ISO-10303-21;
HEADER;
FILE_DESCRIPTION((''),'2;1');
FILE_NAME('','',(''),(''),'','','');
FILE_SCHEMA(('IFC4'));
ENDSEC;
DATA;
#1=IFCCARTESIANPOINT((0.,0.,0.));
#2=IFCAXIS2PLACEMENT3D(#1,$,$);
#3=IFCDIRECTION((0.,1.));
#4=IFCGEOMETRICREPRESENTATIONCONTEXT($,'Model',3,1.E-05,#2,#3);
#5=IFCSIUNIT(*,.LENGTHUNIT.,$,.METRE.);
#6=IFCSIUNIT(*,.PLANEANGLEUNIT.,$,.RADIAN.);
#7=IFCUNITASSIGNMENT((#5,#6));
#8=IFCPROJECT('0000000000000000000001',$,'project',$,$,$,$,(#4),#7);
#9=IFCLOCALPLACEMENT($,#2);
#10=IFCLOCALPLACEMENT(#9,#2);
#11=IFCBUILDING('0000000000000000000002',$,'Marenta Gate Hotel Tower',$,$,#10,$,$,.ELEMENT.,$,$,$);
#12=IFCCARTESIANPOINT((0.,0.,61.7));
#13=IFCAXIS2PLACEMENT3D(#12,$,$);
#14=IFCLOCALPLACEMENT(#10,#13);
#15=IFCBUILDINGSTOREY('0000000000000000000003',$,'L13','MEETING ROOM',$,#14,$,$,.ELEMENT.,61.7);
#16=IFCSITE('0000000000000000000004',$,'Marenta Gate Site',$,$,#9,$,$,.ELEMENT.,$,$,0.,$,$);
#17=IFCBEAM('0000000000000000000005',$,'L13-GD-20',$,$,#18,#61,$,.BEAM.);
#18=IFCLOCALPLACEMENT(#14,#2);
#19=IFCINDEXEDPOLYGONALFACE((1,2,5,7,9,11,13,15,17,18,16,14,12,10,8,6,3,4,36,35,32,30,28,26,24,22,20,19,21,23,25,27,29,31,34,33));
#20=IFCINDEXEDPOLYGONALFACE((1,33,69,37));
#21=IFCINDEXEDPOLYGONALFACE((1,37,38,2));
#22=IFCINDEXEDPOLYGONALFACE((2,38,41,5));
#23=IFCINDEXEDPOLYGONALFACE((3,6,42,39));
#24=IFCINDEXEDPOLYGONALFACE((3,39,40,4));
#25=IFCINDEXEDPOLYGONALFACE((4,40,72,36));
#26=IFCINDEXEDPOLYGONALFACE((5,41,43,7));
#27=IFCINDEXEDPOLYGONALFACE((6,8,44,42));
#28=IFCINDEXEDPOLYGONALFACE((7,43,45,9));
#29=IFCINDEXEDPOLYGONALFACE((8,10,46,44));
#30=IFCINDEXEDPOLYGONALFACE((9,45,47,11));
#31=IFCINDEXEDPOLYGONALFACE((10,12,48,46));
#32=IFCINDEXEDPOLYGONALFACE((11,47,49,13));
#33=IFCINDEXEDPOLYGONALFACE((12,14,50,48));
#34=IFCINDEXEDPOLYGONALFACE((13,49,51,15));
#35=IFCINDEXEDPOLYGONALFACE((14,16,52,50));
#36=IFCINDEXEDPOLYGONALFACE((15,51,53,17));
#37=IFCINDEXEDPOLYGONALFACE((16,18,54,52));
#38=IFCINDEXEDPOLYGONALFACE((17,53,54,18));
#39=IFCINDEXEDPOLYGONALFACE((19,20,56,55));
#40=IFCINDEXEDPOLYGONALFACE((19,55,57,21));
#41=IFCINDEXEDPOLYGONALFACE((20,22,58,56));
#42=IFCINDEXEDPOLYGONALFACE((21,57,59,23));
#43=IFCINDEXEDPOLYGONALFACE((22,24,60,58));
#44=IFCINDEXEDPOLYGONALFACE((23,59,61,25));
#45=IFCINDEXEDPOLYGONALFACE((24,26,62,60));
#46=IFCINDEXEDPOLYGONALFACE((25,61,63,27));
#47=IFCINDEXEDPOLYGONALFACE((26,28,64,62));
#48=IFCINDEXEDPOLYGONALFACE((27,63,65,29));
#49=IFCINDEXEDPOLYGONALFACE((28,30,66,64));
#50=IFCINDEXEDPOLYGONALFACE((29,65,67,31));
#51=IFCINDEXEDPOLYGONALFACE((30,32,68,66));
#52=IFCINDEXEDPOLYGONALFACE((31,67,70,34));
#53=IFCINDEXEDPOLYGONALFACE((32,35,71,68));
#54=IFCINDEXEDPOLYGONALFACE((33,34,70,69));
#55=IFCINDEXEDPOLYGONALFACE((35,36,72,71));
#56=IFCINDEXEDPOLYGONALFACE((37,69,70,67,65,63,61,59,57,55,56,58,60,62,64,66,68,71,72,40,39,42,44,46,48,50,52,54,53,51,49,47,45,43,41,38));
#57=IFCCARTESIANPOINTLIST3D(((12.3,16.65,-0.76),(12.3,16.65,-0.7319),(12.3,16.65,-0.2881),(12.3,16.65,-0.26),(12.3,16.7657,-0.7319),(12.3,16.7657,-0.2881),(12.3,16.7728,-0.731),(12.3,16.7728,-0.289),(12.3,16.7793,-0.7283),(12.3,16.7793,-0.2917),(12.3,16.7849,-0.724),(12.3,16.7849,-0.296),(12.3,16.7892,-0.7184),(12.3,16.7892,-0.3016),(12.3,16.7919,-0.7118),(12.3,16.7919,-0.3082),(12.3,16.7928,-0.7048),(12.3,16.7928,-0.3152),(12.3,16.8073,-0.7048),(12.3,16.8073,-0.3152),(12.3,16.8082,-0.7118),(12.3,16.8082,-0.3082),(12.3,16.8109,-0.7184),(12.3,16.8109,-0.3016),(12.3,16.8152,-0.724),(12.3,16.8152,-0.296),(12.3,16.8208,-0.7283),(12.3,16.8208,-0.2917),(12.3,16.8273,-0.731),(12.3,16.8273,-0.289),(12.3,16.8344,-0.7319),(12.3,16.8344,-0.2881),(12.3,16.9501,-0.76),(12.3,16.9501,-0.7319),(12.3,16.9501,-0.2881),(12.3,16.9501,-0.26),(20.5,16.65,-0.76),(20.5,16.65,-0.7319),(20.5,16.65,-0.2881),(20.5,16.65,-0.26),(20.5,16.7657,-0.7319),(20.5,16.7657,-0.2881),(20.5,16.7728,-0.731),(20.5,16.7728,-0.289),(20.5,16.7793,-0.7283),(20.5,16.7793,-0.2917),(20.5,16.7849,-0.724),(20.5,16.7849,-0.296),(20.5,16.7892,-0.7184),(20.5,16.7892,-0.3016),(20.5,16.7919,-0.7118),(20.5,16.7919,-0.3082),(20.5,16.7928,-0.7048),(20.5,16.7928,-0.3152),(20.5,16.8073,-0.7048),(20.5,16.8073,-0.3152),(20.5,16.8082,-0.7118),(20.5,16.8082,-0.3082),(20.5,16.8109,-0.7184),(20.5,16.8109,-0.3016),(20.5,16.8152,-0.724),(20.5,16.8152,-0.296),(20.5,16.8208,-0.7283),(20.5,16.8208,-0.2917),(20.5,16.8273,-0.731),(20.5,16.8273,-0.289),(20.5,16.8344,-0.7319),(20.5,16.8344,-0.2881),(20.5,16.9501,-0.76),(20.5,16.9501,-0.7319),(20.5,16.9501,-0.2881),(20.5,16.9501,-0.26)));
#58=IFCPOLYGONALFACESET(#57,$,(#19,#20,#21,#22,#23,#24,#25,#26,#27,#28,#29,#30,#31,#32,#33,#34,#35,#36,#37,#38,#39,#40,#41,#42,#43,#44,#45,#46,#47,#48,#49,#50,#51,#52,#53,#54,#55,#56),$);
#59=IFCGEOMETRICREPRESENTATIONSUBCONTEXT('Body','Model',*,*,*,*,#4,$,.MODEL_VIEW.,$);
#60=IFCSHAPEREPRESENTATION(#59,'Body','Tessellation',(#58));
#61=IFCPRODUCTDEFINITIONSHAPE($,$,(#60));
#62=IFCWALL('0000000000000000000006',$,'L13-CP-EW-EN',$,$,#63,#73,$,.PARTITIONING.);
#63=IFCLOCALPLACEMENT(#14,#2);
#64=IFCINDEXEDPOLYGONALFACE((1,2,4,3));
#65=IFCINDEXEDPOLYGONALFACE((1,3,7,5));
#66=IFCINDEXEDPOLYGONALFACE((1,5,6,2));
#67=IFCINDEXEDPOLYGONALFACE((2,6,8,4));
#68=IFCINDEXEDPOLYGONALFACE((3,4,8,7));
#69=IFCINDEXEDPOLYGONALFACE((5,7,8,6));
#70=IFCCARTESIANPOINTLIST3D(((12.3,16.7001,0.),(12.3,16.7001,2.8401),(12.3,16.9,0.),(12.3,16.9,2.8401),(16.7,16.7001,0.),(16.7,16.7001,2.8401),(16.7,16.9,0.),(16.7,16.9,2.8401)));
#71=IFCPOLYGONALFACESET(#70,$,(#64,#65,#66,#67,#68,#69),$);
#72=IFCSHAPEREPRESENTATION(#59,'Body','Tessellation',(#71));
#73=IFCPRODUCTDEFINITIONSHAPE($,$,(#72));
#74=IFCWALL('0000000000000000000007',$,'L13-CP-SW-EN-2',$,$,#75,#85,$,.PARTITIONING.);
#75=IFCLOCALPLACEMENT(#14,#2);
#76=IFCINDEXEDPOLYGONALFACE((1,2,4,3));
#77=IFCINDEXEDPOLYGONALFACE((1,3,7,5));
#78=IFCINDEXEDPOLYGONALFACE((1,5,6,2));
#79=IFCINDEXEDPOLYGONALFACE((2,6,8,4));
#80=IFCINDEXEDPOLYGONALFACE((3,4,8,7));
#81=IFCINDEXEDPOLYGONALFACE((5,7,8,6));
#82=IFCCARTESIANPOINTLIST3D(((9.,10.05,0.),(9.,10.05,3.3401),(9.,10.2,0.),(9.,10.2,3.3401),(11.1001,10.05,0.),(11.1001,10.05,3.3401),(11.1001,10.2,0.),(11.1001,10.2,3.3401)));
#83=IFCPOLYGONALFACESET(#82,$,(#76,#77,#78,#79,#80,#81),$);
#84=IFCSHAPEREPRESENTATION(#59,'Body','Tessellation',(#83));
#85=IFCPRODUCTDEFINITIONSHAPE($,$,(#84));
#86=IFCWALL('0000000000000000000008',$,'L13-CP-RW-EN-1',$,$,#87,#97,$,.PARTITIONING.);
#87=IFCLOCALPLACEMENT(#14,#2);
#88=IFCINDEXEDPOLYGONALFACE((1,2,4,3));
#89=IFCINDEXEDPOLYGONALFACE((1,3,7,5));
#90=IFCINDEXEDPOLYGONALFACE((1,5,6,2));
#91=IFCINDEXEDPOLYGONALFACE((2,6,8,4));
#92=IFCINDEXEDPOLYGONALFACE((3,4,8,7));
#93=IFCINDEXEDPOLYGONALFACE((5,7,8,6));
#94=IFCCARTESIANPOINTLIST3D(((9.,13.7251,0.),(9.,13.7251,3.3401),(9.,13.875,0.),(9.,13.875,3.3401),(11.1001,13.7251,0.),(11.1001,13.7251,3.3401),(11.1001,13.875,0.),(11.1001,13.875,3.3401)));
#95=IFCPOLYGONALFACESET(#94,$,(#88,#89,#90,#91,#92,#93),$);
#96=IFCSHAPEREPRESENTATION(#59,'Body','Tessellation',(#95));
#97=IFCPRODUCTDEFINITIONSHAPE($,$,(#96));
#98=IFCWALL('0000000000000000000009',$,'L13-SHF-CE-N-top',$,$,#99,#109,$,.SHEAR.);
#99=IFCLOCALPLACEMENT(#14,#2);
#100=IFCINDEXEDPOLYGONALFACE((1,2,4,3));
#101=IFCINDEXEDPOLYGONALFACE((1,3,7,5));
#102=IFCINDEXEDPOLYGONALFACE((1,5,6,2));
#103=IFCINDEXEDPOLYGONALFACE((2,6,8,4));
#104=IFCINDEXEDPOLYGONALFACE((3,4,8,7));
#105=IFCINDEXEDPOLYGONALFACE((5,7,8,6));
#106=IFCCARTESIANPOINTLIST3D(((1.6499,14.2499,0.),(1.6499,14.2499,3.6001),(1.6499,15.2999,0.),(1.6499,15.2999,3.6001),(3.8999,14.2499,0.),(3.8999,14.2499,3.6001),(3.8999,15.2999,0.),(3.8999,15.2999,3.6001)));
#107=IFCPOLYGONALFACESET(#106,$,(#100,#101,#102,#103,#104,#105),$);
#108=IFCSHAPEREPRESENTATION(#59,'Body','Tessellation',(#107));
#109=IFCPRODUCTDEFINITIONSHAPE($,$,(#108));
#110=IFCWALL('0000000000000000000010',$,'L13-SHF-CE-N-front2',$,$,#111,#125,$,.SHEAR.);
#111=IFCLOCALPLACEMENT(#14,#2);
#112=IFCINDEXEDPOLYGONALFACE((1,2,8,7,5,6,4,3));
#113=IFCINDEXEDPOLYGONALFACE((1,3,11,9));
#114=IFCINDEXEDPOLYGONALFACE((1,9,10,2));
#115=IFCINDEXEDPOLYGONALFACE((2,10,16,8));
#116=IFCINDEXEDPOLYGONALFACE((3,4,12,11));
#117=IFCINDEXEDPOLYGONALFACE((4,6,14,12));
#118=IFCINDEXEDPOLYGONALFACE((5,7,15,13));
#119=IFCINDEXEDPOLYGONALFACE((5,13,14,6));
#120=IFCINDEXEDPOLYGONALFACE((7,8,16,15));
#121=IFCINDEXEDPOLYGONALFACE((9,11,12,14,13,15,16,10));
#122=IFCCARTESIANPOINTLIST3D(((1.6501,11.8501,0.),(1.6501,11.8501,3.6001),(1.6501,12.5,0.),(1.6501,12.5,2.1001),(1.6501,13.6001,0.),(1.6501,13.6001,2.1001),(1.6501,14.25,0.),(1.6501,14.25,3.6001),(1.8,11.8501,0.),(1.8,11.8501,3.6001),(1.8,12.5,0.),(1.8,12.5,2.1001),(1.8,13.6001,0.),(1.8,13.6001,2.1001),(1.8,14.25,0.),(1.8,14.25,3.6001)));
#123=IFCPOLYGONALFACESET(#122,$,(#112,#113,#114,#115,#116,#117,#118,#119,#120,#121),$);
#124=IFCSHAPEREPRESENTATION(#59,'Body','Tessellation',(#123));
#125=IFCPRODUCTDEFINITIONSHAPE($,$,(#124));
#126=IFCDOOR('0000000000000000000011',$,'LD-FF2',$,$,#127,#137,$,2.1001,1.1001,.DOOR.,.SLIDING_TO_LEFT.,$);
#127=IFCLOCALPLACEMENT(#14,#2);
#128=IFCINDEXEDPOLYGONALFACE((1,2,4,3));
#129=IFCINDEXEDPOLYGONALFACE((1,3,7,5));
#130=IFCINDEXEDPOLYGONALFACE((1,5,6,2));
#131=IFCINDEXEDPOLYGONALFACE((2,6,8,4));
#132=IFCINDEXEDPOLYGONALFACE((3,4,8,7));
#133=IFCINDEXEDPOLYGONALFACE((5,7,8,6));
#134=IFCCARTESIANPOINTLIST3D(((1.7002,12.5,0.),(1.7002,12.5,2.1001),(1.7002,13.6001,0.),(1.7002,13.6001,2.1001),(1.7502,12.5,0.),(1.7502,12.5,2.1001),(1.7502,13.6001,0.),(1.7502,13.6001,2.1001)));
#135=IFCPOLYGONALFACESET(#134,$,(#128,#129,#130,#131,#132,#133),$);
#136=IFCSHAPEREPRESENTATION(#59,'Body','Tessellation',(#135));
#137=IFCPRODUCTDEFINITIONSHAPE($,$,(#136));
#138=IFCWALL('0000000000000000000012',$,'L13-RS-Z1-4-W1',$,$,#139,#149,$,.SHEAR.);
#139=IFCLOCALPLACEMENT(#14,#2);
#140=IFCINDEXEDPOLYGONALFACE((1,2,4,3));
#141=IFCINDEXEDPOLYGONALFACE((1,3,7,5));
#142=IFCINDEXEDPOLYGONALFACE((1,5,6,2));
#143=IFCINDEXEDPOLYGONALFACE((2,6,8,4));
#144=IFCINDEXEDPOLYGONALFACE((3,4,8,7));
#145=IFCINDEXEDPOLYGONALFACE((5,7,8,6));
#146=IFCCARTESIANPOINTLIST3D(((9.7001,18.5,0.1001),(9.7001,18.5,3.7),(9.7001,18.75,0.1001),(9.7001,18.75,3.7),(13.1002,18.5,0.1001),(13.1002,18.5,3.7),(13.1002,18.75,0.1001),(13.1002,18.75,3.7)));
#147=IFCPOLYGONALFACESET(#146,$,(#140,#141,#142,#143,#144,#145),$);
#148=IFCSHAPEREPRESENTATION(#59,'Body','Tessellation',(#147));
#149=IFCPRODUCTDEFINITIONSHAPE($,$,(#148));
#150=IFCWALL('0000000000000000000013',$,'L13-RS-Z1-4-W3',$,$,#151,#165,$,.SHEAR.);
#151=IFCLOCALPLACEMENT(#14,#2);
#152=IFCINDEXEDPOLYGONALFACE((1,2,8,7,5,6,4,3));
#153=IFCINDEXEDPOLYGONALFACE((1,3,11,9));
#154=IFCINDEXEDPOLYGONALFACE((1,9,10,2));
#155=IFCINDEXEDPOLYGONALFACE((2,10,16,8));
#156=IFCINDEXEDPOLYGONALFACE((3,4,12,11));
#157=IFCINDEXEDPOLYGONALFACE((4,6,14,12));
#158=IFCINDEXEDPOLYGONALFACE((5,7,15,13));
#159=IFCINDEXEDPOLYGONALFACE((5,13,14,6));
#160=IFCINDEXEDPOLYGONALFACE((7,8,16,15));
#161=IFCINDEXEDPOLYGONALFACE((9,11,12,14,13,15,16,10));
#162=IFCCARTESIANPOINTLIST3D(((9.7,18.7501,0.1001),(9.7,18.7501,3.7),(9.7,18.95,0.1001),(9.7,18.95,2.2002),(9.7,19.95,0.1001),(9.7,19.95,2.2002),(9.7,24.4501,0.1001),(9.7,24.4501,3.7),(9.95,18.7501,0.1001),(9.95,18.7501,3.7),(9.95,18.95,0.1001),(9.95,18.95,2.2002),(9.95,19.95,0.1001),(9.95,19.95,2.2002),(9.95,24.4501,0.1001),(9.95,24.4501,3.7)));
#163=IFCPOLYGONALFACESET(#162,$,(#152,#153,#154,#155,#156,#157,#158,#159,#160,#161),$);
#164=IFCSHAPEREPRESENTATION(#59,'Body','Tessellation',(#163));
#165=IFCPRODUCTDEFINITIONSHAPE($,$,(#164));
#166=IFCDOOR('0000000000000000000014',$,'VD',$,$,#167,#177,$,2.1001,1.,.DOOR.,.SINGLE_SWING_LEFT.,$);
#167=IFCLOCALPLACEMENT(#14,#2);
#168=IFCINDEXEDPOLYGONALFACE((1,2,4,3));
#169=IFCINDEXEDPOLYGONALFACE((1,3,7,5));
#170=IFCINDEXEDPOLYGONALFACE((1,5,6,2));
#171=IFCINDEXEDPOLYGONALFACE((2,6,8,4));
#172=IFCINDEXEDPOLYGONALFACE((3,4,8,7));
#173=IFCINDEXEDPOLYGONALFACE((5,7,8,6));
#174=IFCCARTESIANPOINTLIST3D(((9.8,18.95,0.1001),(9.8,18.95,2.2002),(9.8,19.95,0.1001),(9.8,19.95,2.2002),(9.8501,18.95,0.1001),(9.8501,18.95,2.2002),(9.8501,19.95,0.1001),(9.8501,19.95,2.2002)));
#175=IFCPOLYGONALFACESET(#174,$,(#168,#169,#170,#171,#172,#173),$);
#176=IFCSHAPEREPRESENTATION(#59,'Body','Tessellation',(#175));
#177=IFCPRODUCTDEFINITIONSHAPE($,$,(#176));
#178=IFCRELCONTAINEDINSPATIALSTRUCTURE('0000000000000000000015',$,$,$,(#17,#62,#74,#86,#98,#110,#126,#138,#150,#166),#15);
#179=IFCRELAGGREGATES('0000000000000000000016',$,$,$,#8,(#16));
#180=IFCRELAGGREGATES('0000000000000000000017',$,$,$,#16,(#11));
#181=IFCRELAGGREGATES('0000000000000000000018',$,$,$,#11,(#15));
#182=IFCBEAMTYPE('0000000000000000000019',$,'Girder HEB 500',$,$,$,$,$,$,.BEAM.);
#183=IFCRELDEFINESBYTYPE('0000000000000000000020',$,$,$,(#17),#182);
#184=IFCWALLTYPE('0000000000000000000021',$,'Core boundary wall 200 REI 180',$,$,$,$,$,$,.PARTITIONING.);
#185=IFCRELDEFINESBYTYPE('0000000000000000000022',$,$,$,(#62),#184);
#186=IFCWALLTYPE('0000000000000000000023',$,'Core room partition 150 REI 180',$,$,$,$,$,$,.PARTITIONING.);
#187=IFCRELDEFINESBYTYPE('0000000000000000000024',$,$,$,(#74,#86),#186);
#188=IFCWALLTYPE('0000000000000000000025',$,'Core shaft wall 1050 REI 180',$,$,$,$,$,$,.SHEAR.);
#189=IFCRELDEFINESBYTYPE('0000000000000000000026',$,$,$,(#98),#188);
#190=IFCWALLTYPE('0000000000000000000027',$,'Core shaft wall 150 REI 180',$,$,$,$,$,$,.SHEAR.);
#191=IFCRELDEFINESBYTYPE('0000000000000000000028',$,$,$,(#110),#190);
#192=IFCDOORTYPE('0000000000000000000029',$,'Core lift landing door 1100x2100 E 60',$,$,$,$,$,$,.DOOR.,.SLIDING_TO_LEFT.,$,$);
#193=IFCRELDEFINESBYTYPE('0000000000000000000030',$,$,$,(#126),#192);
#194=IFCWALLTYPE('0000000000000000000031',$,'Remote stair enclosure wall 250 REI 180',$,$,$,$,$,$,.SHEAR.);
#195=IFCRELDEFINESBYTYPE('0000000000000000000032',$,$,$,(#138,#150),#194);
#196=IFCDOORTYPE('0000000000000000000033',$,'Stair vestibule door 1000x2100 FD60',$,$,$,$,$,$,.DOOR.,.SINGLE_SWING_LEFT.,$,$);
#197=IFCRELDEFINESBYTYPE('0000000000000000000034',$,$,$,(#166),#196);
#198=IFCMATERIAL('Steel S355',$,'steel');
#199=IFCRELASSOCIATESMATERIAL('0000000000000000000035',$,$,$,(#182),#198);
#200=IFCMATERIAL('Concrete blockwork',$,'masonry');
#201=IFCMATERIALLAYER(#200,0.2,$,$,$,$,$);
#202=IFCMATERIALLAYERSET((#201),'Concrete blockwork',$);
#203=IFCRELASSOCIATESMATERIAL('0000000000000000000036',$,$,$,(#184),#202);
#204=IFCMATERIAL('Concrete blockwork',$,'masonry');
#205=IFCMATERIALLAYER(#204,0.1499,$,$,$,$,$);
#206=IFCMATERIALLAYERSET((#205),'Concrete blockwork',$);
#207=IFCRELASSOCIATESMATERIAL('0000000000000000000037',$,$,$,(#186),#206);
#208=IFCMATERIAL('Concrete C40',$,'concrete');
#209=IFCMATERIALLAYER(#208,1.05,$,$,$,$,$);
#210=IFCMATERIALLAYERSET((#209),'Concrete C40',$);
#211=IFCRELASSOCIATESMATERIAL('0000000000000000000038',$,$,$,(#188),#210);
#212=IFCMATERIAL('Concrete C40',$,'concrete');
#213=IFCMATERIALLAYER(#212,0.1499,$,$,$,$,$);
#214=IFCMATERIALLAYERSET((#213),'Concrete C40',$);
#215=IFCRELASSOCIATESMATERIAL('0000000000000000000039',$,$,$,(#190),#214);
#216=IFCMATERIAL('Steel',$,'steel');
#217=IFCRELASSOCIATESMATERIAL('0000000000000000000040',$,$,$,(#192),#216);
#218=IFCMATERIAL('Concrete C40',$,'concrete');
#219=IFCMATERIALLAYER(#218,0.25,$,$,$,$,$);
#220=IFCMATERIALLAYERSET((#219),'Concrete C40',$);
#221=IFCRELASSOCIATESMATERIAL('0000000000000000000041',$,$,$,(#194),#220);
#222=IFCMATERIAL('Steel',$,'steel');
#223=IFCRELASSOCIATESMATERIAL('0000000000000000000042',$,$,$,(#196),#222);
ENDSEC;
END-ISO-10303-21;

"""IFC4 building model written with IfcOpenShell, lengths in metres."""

from ifc_helpers import new_model, si_unit, direction, frame, frame_2d, origin, origin_2d, place, context, subcontext, project, spatial, rectangle, i_section, extrude, material, layer, layer_set, material_profile, profile_set, type_object, element, fill, save


model = new_model("IFC4")

# Units and contexts
model_context = context("Model", 3, precision=1e-05, world=origin(), true_north=direction((0.0, 1.0)))
body_context = subcontext(model_context, "Body", "Model", "MODEL_VIEW")
ifc_project = project(units=[si_unit("LENGTHUNIT", "METRE"), si_unit("PLANEANGLEUNIT", "RADIAN")], contexts=[model_context])

# Site, building, storey
site_placement = place(None, origin())
site = spatial("IfcSite", under=ifc_project, at=site_placement, Name="Marenta Gate Site", CompositionType="ELEMENT", RefElevation=0.0)
building_placement = place(site_placement, origin())
building = spatial("IfcBuilding", under=site, at=building_placement, Name="Marenta Gate Hotel Tower", CompositionType="ELEMENT")
storey_placement = place(building_placement, frame((0.0, 0.0, 61.7)))
storey = spatial("IfcBuildingStorey", under=building, at=storey_placement, Name="L13", Description="MEETING ROOM", CompositionType="ELEMENT", Elevation=61.7)

# Beam
ifc_material_1 = material(Name="Steel S355", Category="steel")
ifc_material_profile = material_profile(ifc_material_1, i_section(OverallWidth=0.3, OverallDepth=0.5, WebThickness=0.0144, FlangeThickness=0.0281, FilletRadius=0.0271, at=origin_2d()), Name="HEB 500")
ifc_profile_set = profile_set([ifc_material_profile], Name="Steel S355")
beam_type = type_object("IfcBeamType", Name="Girder HEB 500", PredefinedType="BEAM", material=ifc_profile_set)
beam_placement = place(storey_placement, frame((12.3, 16.8, -0.51), z_axis=(1.0, 0.0, 0.0), x_axis=(0.0, 1.0, 0.0)))
element("IfcBeam", 1, at=beam_placement, inside=storey, type_object=beam_type, Name="L13-GD-20", PredefinedType="BEAM", context=body_context, shape_type="SweptSolid", body=[
    extrude(i_section(OverallWidth=0.3, OverallDepth=0.5, WebThickness=0.0144, FlangeThickness=0.0281, FilletRadius=0.0271, at=origin_2d()), origin(), (0.0, 0.0, 1.0), 8.2),
])

# Walls
ifc_material_2 = material(Name="Concrete blockwork", Category="masonry")
ifc_layer_1 = layer(ifc_material_2, 0.2)
ifc_layer_set_1 = layer_set([ifc_layer_1], Name="Concrete blockwork")
wall_type_1 = type_object("IfcWallType", Name="Core boundary wall 200 REI 180", PredefinedType="PARTITIONING", material=ifc_layer_set_1)
wall_1_placement = place(storey_placement, frame((12.3, 16.8, 0.0), z_axis=(0.0, 0.0, 1.0), x_axis=(1.0, 0.0, 0.0)))
element("IfcWall", 2, at=wall_1_placement, inside=storey, type_object=wall_type_1, Name="L13-CP-EW-EN", PredefinedType="PARTITIONING", context=body_context, shape_type="SweptSolid", body=[
    extrude(rectangle(XDim=4.3999, YDim=0.2, at=frame_2d((2.2, 0.0))), origin(), (0.0, 0.0, 1.0), 2.8401),
])
ifc_material_3 = material(Name="Concrete blockwork", Category="masonry")
ifc_layer_2 = layer(ifc_material_3, 0.1499)
ifc_layer_set_2 = layer_set([ifc_layer_2], Name="Concrete blockwork")
wall_type_2 = type_object("IfcWallType", Name="Core room partition 150 REI 180", PredefinedType="PARTITIONING", material=ifc_layer_set_2)
for number, where, z_axis, x_axis, name in (
    (3, (9.0, 10.125, 0.0), (0.0, 0.0, 1.0), (1.0, 0.0, 0.0), "L13-CP-SW-EN-2"),
    (4, (9.0, 13.8, 0.0), (0.0, 0.0, 1.0), (1.0, 0.0, 0.0), "L13-CP-RW-EN-1"),
):
    element("IfcWall", number, at=place(storey_placement, frame(where, z_axis=z_axis, x_axis=x_axis)), inside=storey, type_object=wall_type_2, Name=name, PredefinedType="PARTITIONING", context=body_context, shape_type="SweptSolid", body=[
        extrude(rectangle(XDim=2.1001, YDim=0.1499, at=frame_2d((1.05, 0.0))), origin(), (0.0, 0.0, 1.0), 3.3401),
    ])
ifc_material_4 = material(Name="Concrete C40", Category="concrete")
ifc_layer_3 = layer(ifc_material_4, 1.05)
ifc_layer_set_3 = layer_set([ifc_layer_3], Name="Concrete C40")
wall_type_3 = type_object("IfcWallType", Name="Core shaft wall 1050 REI 180", PredefinedType="SHEAR", material=ifc_layer_set_3)
wall_2_placement = place(storey_placement, frame((1.6499, 14.7749, 0.0), z_axis=(0.0, 0.0, 1.0), x_axis=(1.0, 0.0, 0.0)))
element("IfcWall", 5, at=wall_2_placement, inside=storey, type_object=wall_type_3, Name="L13-SHF-CE-N-top", PredefinedType="SHEAR", context=body_context, shape_type="SweptSolid", body=[
    extrude(rectangle(XDim=2.25, YDim=1.05, at=frame_2d((1.125, 0.0))), origin(), (0.0, 0.0, 1.0), 3.6001),
])

# Wall, opening, door
ifc_material_5 = material(Name="Concrete C40", Category="concrete")
ifc_layer_4 = layer(ifc_material_5, 0.1499)
ifc_layer_set_4 = layer_set([ifc_layer_4], Name="Concrete C40")
wall_type_4 = type_object("IfcWallType", Name="Core shaft wall 150 REI 180", PredefinedType="SHEAR", material=ifc_layer_set_4)
wall_3_placement = place(storey_placement, frame((1.7251, 11.8501, 0.0), z_axis=(0.0, 0.0, 1.0), x_axis=(0.0, 1.0, 0.0)))
wall_3 = element("IfcWall", 6, at=wall_3_placement, inside=storey, type_object=wall_type_4, Name="L13-SHF-CE-N-front2", PredefinedType="SHEAR", context=body_context, shape_type="SweptSolid", body=[
    extrude(rectangle(XDim=2.3999, YDim=0.1499, at=frame_2d((1.2, 0.0))), origin(), (0.0, 0.0, 1.0), 3.6001),
])
opening_1_placement = place(wall_3_placement, frame((0.6499, 0.0, 0.0)))
opening_1 = element("IfcOpeningElement", 7, at=opening_1_placement, cuts=wall_3, PredefinedType="OPENING", context=body_context, shape_type="SweptSolid", body=[
    extrude(rectangle(XDim=1.1001, YDim=2.1001, at=frame_2d((0.55, 1.05))), frame((0.0, 0.075, 0.0), z_axis=(0.0, -1.0, 0.0), x_axis=(1.0, 0.0, 0.0)), (0.0, 0.0, 1.0), 0.1499),
])
ifc_material_6 = material(Name="Steel", Category="steel")
door_type_1 = type_object("IfcDoorType", Name="Core lift landing door 1100x2100 E 60", OperationType="SLIDING_TO_LEFT", PredefinedType="DOOR", material=ifc_material_6)
door_1_placement = place(opening_1_placement, origin())
door_1 = element("IfcDoor", 8, at=door_1_placement, inside=storey, type_object=door_type_1, Name="LD-FF2", OperationType="SLIDING_TO_LEFT", OverallHeight=2.1001, OverallWidth=1.1001, PredefinedType="DOOR", context=body_context, shape_type="SweptSolid", body=[
    extrude(rectangle(XDim=1.1001, YDim=2.1001, at=frame_2d((0.55, 1.05))), frame((0.0, 0.0249, 0.0), z_axis=(0.0, -1.0, 0.0), x_axis=(1.0, 0.0, 0.0)), (0.0, 0.0, 1.0), 0.05),
])
fill(opening_1, door_1)

# Wall
ifc_material_7 = material(Name="Concrete C40", Category="concrete")
ifc_layer_5 = layer(ifc_material_7, 0.25)
ifc_layer_set_5 = layer_set([ifc_layer_5], Name="Concrete C40")
wall_type_5 = type_object("IfcWallType", Name="Remote stair enclosure wall 250 REI 180", PredefinedType="SHEAR", material=ifc_layer_set_5)
wall_4_placement = place(storey_placement, frame((9.7, 18.625, 0.1001), z_axis=(0.0, 0.0, 1.0), x_axis=(1.0, 0.0, 0.0)))
element("IfcWall", 9, at=wall_4_placement, inside=storey, type_object=wall_type_5, Name="L13-RS-Z1-4-W1", PredefinedType="SHEAR", context=body_context, shape_type="SweptSolid", body=[
    extrude(rectangle(XDim=3.4001, YDim=0.25, at=frame_2d((1.7002, 0.0))), origin(), (0.0, 0.0, 1.0), 3.5999),
])

# Wall, opening, door
wall_5_placement = place(storey_placement, frame((9.825, 18.75, 0.1001), z_axis=(0.0, 0.0, 1.0), x_axis=(0.0, 1.0, 0.0)))
wall_5 = element("IfcWall", 10, at=wall_5_placement, inside=storey, type_object=wall_type_5, Name="L13-RS-Z1-4-W3", PredefinedType="SHEAR", context=body_context, shape_type="SweptSolid", body=[
    extrude(rectangle(XDim=5.7, YDim=0.25, at=frame_2d((2.8501, 0.0))), origin(), (0.0, 0.0, 1.0), 3.5999),
])
opening_2_placement = place(wall_5_placement, frame((0.2, 0.0, 0.0)))
opening_2 = element("IfcOpeningElement", 11, at=opening_2_placement, cuts=wall_5, PredefinedType="OPENING", context=body_context, shape_type="SweptSolid", body=[
    extrude(rectangle(XDim=1.0, YDim=2.1001, at=frame_2d((0.5, 1.05))), frame((0.0, 0.125, 0.0), z_axis=(0.0, -1.0, 0.0), x_axis=(1.0, 0.0, 0.0)), (0.0, 0.0, 1.0), 0.25),
])
ifc_material_8 = material(Name="Steel", Category="steel")
door_type_2 = type_object("IfcDoorType", Name="Stair vestibule door 1000x2100 FD60", OperationType="SINGLE_SWING_LEFT", PredefinedType="DOOR", material=ifc_material_8)
door_2_placement = place(opening_2_placement, origin())
door_2 = element("IfcDoor", 12, at=door_2_placement, inside=storey, type_object=door_type_2, Name="VD", OperationType="SINGLE_SWING_LEFT", OverallHeight=2.1001, OverallWidth=1.0, PredefinedType="DOOR", context=body_context, shape_type="SweptSolid", body=[
    extrude(rectangle(XDim=1.0, YDim=2.1001, at=frame_2d((0.5, 1.05))), frame((0.0, 0.0249, 0.0), z_axis=(0.0, -1.0, 0.0), x_axis=(1.0, 0.0, 0.0)), (0.0, 0.0, 1.0), 0.05),
])
fill(opening_2, door_2)

save(model, "model.ifc")
